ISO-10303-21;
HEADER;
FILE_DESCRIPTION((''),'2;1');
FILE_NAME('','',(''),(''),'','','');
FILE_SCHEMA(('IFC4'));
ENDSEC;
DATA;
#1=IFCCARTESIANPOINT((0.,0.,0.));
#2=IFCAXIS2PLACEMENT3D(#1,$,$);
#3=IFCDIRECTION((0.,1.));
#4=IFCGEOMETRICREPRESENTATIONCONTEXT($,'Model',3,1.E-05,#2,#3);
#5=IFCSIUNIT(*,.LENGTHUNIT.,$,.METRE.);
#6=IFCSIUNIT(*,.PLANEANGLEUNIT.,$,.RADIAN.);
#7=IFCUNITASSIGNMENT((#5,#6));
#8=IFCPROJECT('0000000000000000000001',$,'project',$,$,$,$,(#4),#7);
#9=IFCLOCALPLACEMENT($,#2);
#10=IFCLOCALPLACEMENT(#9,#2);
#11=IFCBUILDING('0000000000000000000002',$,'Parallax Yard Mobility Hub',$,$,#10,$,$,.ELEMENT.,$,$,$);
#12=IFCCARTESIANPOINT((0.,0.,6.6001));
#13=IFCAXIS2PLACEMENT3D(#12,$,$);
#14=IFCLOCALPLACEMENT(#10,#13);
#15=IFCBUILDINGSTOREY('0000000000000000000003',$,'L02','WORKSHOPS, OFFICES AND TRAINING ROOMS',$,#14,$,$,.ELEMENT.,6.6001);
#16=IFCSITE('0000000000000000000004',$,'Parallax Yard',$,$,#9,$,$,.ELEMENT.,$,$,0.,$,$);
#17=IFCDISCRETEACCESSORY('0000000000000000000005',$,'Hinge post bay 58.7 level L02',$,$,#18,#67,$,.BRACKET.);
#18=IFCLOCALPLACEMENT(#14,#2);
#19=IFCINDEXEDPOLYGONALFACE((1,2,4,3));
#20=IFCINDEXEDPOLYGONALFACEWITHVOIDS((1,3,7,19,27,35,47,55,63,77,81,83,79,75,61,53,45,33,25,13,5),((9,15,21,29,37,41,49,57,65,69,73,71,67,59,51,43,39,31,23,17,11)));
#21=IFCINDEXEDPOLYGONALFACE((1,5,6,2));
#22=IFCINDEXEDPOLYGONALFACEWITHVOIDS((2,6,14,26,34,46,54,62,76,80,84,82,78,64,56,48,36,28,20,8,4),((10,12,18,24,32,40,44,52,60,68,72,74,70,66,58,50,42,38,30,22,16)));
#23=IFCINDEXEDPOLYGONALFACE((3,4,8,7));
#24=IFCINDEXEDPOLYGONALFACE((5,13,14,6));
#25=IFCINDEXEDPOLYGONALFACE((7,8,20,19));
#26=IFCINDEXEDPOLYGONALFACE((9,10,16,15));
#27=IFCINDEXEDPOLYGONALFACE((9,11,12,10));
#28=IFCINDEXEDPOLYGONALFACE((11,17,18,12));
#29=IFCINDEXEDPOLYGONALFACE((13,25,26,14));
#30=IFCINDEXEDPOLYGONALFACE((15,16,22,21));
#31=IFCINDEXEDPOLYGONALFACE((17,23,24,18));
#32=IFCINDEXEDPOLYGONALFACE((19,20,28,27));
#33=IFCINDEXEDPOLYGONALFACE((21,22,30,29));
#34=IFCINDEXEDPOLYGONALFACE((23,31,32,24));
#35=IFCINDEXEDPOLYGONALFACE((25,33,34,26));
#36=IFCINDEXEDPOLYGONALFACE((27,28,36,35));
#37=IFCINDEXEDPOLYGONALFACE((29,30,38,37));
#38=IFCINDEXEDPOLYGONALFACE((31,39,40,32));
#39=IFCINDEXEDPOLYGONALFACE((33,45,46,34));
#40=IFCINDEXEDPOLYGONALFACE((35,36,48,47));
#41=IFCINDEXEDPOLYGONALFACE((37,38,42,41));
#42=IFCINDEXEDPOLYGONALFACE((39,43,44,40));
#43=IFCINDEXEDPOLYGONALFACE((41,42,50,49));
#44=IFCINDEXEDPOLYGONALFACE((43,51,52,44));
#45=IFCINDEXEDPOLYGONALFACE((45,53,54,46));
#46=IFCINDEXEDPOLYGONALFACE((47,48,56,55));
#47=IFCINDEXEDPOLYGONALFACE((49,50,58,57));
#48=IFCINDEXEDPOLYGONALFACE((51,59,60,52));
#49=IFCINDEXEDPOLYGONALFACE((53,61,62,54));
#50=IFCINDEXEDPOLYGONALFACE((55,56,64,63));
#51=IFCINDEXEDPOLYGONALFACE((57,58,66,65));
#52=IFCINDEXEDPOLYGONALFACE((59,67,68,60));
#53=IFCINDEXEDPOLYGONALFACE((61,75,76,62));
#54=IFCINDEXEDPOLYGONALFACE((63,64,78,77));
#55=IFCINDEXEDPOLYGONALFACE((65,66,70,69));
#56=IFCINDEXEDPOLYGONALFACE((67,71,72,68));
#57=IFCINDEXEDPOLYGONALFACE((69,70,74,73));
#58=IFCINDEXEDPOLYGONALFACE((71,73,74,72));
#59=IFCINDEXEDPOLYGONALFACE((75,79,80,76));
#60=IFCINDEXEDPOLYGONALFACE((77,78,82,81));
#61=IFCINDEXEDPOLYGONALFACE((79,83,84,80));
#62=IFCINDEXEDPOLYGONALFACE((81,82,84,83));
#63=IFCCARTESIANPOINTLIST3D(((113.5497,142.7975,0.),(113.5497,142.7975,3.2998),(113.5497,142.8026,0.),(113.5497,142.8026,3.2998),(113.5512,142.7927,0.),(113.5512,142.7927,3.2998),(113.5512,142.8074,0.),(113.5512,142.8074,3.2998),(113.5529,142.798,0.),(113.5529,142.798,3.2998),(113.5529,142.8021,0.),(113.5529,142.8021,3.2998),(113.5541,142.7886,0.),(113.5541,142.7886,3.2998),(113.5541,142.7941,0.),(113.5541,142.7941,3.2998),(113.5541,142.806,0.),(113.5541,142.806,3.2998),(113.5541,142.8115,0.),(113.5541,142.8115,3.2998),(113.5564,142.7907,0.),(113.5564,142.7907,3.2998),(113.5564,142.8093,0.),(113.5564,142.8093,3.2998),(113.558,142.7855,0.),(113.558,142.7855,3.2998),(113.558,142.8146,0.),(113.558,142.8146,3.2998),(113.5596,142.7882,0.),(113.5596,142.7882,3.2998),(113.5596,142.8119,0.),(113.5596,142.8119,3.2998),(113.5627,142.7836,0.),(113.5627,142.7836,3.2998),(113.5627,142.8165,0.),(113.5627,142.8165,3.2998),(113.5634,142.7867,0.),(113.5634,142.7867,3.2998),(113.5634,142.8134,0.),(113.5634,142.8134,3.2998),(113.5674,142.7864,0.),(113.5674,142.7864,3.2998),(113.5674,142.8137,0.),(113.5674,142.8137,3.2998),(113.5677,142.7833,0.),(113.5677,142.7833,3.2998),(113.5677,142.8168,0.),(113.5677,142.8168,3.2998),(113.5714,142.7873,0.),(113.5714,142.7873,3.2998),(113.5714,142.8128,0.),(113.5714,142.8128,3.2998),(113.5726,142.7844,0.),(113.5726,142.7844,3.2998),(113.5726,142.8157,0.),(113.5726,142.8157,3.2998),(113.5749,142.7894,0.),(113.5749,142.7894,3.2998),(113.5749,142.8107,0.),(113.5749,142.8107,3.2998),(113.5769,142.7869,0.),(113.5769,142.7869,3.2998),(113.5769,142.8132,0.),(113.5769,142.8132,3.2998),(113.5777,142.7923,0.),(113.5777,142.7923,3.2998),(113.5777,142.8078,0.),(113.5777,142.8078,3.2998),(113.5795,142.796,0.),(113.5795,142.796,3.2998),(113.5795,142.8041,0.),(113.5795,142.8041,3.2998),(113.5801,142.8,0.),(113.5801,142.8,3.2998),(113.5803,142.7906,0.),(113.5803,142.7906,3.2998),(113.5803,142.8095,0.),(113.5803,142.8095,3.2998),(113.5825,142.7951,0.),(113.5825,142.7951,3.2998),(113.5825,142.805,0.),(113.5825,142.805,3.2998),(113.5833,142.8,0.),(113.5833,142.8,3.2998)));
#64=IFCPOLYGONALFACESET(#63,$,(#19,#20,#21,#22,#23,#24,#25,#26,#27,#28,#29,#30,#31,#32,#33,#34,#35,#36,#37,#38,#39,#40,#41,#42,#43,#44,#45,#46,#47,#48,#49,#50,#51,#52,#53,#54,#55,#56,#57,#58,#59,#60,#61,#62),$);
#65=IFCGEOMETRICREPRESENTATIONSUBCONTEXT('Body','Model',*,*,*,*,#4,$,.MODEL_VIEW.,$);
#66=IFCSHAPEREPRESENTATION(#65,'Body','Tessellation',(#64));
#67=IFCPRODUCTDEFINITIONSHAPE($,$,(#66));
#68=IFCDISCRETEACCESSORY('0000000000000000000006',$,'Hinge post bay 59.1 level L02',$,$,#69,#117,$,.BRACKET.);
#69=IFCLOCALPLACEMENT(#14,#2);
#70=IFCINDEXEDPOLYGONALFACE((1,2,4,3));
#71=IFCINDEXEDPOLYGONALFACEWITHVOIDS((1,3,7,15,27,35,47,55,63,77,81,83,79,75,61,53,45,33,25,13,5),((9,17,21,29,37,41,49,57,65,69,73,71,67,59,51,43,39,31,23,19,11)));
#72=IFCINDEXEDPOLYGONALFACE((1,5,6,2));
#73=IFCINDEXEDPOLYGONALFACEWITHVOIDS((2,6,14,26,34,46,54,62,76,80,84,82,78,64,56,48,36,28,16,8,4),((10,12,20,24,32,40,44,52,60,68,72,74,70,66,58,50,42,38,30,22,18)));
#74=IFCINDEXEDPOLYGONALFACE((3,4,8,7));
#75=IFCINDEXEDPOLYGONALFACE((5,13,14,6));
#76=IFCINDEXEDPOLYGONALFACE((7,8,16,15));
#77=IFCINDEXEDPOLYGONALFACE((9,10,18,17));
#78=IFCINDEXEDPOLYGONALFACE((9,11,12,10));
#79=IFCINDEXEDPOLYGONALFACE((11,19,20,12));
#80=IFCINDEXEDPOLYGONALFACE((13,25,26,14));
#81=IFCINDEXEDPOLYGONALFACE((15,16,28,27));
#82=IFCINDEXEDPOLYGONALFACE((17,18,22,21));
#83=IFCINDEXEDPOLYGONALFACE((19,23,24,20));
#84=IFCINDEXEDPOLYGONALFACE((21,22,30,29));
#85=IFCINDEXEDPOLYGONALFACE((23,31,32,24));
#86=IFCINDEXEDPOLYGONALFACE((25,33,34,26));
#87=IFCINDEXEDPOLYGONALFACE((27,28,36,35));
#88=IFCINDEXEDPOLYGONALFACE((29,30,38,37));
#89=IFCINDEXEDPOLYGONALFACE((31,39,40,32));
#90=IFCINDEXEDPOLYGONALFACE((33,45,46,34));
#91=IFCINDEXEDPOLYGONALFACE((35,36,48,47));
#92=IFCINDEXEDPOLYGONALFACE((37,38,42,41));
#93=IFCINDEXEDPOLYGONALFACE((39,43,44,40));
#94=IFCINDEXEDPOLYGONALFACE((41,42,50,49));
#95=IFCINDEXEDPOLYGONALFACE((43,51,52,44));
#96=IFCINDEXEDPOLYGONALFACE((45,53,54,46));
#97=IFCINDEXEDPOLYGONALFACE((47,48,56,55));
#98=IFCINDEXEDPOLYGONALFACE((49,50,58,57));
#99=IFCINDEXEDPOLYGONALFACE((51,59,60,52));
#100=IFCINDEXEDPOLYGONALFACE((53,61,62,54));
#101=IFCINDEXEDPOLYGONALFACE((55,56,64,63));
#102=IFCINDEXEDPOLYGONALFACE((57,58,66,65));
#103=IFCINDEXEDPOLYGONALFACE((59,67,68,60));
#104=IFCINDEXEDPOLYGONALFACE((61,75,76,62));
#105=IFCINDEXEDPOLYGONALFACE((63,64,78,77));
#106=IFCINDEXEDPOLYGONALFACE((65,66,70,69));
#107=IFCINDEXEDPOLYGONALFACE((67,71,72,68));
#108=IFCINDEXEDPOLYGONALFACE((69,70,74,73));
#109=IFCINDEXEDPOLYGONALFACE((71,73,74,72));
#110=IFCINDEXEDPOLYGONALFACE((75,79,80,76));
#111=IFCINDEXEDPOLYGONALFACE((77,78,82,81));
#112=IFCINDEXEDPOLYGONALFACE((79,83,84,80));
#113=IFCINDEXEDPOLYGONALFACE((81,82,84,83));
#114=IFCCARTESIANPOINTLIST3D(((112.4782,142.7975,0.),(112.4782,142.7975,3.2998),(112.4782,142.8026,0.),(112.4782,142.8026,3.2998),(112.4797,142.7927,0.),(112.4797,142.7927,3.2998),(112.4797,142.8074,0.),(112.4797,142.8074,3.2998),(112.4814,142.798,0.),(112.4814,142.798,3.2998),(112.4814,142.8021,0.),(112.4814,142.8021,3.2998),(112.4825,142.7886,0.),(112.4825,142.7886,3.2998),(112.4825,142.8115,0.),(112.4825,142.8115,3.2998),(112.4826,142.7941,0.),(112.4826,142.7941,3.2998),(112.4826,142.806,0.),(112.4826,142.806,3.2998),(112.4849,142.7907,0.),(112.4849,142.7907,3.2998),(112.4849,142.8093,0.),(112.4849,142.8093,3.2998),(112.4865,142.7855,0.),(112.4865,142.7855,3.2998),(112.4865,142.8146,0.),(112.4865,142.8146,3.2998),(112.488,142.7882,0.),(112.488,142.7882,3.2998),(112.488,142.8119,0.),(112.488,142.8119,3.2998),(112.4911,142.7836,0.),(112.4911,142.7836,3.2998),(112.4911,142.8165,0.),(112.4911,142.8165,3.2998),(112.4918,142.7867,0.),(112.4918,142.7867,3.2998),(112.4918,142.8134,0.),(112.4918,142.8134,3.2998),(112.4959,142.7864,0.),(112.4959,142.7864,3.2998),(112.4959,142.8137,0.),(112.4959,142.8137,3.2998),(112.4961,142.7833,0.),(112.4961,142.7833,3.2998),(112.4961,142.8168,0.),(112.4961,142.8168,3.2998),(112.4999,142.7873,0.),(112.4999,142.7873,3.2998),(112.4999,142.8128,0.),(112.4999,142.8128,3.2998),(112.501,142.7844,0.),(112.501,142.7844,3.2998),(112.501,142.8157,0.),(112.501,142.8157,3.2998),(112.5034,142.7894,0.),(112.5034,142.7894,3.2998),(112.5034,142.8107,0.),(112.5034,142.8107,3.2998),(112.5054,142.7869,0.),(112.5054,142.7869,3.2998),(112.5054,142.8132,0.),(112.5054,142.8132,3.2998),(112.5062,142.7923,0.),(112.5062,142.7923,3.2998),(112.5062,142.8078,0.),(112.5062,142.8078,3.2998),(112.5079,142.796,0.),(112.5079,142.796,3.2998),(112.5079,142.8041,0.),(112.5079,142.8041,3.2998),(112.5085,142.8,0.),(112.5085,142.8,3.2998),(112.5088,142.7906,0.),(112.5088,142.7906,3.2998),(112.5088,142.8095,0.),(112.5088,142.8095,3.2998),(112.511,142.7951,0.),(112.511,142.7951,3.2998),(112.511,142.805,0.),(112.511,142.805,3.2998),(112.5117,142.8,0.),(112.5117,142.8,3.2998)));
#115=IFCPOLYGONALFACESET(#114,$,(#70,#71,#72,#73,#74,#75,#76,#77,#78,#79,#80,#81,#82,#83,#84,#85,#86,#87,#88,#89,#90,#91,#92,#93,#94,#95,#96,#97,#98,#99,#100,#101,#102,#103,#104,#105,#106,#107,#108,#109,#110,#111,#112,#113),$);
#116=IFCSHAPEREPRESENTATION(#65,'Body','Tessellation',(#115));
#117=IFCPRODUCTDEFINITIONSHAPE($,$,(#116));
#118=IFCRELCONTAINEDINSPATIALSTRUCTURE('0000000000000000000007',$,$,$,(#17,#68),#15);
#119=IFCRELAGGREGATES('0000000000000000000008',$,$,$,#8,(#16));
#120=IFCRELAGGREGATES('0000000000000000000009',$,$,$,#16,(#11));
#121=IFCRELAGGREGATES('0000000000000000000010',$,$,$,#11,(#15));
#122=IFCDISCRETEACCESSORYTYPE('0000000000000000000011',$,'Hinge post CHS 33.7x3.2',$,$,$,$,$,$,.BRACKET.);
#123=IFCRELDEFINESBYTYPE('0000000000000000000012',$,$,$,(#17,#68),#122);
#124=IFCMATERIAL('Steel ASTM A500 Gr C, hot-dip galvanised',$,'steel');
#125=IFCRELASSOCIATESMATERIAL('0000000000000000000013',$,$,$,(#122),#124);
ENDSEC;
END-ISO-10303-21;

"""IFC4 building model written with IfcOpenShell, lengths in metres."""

from ifc_helpers import new_model, si_unit, direction, frame, origin, origin_2d, place, context, subcontext, project, spatial, hollow_circle, extrude, material, material_profile, profile_set, type_object, element, save


model = new_model("IFC4")

# Units and contexts
model_context = context("Model", 3, precision=1e-05, world=origin(), true_north=direction((0.0, 1.0)))
body_context = subcontext(model_context, "Body", "Model", "MODEL_VIEW")
ifc_project = project(units=[si_unit("LENGTHUNIT", "METRE"), si_unit("PLANEANGLEUNIT", "RADIAN")], contexts=[model_context])

# Site, building, storey
site_placement = place(None, origin())
site = spatial("IfcSite", under=ifc_project, at=site_placement, Name="Parallax Yard", CompositionType="ELEMENT", RefElevation=0.0)
building_placement = place(site_placement, origin())
building = spatial("IfcBuilding", under=site, at=building_placement, Name="Parallax Yard Mobility Hub", CompositionType="ELEMENT")
storey_placement = place(building_placement, frame((0.0, 0.0, 6.6001)))
storey = spatial("IfcBuildingStorey", under=building, at=storey_placement, Name="L02", Description="WORKSHOPS, OFFICES AND TRAINING ROOMS", CompositionType="ELEMENT", Elevation=6.6001)

# Discrete accessories
ifc_material_1 = material(Name="Steel ASTM A500 Gr C, hot-dip galvanised", Category="steel")
ifc_material_profile = material_profile(ifc_material_1, hollow_circle(Radius=0.0168, WallThickness=0.0032, at=origin_2d()), Name="CHS 33.7x3.2")
ifc_profile_set = profile_set([ifc_material_profile], Name="Steel ASTM A500 Gr C, hot-dip galvanised")
discrete_accessory_type_1 = type_object("IfcDiscreteAccessoryType", Name="Hinge post CHS 33.7x3.2", PredefinedType="BRACKET", material=ifc_profile_set)
for number, where, z_axis, x_axis, name in (
    (1, (113.5664, 142.8, 0.0), (0.0, 0.0, 1.0), (1.0, 0.0, 0.0), "Hinge post bay 58.7 level L02"),
    (2, (112.4949, 142.8, 0.0), (0.0, 0.0, 1.0), (1.0, 0.0, 0.0), "Hinge post bay 59.1 level L02"),
):
    element("IfcDiscreteAccessory", number, at=place(storey_placement, frame(where, z_axis=z_axis, x_axis=x_axis)), inside=storey, type_object=discrete_accessory_type_1, Name=name, PredefinedType="BRACKET", context=body_context, shape_type="SweptSolid", body=[
        extrude(hollow_circle(Radius=0.0168, WallThickness=0.0032, at=origin_2d()), origin(), (0.0, 0.0, 1.0), 3.2998),
    ])

save(model, "model.ifc")
